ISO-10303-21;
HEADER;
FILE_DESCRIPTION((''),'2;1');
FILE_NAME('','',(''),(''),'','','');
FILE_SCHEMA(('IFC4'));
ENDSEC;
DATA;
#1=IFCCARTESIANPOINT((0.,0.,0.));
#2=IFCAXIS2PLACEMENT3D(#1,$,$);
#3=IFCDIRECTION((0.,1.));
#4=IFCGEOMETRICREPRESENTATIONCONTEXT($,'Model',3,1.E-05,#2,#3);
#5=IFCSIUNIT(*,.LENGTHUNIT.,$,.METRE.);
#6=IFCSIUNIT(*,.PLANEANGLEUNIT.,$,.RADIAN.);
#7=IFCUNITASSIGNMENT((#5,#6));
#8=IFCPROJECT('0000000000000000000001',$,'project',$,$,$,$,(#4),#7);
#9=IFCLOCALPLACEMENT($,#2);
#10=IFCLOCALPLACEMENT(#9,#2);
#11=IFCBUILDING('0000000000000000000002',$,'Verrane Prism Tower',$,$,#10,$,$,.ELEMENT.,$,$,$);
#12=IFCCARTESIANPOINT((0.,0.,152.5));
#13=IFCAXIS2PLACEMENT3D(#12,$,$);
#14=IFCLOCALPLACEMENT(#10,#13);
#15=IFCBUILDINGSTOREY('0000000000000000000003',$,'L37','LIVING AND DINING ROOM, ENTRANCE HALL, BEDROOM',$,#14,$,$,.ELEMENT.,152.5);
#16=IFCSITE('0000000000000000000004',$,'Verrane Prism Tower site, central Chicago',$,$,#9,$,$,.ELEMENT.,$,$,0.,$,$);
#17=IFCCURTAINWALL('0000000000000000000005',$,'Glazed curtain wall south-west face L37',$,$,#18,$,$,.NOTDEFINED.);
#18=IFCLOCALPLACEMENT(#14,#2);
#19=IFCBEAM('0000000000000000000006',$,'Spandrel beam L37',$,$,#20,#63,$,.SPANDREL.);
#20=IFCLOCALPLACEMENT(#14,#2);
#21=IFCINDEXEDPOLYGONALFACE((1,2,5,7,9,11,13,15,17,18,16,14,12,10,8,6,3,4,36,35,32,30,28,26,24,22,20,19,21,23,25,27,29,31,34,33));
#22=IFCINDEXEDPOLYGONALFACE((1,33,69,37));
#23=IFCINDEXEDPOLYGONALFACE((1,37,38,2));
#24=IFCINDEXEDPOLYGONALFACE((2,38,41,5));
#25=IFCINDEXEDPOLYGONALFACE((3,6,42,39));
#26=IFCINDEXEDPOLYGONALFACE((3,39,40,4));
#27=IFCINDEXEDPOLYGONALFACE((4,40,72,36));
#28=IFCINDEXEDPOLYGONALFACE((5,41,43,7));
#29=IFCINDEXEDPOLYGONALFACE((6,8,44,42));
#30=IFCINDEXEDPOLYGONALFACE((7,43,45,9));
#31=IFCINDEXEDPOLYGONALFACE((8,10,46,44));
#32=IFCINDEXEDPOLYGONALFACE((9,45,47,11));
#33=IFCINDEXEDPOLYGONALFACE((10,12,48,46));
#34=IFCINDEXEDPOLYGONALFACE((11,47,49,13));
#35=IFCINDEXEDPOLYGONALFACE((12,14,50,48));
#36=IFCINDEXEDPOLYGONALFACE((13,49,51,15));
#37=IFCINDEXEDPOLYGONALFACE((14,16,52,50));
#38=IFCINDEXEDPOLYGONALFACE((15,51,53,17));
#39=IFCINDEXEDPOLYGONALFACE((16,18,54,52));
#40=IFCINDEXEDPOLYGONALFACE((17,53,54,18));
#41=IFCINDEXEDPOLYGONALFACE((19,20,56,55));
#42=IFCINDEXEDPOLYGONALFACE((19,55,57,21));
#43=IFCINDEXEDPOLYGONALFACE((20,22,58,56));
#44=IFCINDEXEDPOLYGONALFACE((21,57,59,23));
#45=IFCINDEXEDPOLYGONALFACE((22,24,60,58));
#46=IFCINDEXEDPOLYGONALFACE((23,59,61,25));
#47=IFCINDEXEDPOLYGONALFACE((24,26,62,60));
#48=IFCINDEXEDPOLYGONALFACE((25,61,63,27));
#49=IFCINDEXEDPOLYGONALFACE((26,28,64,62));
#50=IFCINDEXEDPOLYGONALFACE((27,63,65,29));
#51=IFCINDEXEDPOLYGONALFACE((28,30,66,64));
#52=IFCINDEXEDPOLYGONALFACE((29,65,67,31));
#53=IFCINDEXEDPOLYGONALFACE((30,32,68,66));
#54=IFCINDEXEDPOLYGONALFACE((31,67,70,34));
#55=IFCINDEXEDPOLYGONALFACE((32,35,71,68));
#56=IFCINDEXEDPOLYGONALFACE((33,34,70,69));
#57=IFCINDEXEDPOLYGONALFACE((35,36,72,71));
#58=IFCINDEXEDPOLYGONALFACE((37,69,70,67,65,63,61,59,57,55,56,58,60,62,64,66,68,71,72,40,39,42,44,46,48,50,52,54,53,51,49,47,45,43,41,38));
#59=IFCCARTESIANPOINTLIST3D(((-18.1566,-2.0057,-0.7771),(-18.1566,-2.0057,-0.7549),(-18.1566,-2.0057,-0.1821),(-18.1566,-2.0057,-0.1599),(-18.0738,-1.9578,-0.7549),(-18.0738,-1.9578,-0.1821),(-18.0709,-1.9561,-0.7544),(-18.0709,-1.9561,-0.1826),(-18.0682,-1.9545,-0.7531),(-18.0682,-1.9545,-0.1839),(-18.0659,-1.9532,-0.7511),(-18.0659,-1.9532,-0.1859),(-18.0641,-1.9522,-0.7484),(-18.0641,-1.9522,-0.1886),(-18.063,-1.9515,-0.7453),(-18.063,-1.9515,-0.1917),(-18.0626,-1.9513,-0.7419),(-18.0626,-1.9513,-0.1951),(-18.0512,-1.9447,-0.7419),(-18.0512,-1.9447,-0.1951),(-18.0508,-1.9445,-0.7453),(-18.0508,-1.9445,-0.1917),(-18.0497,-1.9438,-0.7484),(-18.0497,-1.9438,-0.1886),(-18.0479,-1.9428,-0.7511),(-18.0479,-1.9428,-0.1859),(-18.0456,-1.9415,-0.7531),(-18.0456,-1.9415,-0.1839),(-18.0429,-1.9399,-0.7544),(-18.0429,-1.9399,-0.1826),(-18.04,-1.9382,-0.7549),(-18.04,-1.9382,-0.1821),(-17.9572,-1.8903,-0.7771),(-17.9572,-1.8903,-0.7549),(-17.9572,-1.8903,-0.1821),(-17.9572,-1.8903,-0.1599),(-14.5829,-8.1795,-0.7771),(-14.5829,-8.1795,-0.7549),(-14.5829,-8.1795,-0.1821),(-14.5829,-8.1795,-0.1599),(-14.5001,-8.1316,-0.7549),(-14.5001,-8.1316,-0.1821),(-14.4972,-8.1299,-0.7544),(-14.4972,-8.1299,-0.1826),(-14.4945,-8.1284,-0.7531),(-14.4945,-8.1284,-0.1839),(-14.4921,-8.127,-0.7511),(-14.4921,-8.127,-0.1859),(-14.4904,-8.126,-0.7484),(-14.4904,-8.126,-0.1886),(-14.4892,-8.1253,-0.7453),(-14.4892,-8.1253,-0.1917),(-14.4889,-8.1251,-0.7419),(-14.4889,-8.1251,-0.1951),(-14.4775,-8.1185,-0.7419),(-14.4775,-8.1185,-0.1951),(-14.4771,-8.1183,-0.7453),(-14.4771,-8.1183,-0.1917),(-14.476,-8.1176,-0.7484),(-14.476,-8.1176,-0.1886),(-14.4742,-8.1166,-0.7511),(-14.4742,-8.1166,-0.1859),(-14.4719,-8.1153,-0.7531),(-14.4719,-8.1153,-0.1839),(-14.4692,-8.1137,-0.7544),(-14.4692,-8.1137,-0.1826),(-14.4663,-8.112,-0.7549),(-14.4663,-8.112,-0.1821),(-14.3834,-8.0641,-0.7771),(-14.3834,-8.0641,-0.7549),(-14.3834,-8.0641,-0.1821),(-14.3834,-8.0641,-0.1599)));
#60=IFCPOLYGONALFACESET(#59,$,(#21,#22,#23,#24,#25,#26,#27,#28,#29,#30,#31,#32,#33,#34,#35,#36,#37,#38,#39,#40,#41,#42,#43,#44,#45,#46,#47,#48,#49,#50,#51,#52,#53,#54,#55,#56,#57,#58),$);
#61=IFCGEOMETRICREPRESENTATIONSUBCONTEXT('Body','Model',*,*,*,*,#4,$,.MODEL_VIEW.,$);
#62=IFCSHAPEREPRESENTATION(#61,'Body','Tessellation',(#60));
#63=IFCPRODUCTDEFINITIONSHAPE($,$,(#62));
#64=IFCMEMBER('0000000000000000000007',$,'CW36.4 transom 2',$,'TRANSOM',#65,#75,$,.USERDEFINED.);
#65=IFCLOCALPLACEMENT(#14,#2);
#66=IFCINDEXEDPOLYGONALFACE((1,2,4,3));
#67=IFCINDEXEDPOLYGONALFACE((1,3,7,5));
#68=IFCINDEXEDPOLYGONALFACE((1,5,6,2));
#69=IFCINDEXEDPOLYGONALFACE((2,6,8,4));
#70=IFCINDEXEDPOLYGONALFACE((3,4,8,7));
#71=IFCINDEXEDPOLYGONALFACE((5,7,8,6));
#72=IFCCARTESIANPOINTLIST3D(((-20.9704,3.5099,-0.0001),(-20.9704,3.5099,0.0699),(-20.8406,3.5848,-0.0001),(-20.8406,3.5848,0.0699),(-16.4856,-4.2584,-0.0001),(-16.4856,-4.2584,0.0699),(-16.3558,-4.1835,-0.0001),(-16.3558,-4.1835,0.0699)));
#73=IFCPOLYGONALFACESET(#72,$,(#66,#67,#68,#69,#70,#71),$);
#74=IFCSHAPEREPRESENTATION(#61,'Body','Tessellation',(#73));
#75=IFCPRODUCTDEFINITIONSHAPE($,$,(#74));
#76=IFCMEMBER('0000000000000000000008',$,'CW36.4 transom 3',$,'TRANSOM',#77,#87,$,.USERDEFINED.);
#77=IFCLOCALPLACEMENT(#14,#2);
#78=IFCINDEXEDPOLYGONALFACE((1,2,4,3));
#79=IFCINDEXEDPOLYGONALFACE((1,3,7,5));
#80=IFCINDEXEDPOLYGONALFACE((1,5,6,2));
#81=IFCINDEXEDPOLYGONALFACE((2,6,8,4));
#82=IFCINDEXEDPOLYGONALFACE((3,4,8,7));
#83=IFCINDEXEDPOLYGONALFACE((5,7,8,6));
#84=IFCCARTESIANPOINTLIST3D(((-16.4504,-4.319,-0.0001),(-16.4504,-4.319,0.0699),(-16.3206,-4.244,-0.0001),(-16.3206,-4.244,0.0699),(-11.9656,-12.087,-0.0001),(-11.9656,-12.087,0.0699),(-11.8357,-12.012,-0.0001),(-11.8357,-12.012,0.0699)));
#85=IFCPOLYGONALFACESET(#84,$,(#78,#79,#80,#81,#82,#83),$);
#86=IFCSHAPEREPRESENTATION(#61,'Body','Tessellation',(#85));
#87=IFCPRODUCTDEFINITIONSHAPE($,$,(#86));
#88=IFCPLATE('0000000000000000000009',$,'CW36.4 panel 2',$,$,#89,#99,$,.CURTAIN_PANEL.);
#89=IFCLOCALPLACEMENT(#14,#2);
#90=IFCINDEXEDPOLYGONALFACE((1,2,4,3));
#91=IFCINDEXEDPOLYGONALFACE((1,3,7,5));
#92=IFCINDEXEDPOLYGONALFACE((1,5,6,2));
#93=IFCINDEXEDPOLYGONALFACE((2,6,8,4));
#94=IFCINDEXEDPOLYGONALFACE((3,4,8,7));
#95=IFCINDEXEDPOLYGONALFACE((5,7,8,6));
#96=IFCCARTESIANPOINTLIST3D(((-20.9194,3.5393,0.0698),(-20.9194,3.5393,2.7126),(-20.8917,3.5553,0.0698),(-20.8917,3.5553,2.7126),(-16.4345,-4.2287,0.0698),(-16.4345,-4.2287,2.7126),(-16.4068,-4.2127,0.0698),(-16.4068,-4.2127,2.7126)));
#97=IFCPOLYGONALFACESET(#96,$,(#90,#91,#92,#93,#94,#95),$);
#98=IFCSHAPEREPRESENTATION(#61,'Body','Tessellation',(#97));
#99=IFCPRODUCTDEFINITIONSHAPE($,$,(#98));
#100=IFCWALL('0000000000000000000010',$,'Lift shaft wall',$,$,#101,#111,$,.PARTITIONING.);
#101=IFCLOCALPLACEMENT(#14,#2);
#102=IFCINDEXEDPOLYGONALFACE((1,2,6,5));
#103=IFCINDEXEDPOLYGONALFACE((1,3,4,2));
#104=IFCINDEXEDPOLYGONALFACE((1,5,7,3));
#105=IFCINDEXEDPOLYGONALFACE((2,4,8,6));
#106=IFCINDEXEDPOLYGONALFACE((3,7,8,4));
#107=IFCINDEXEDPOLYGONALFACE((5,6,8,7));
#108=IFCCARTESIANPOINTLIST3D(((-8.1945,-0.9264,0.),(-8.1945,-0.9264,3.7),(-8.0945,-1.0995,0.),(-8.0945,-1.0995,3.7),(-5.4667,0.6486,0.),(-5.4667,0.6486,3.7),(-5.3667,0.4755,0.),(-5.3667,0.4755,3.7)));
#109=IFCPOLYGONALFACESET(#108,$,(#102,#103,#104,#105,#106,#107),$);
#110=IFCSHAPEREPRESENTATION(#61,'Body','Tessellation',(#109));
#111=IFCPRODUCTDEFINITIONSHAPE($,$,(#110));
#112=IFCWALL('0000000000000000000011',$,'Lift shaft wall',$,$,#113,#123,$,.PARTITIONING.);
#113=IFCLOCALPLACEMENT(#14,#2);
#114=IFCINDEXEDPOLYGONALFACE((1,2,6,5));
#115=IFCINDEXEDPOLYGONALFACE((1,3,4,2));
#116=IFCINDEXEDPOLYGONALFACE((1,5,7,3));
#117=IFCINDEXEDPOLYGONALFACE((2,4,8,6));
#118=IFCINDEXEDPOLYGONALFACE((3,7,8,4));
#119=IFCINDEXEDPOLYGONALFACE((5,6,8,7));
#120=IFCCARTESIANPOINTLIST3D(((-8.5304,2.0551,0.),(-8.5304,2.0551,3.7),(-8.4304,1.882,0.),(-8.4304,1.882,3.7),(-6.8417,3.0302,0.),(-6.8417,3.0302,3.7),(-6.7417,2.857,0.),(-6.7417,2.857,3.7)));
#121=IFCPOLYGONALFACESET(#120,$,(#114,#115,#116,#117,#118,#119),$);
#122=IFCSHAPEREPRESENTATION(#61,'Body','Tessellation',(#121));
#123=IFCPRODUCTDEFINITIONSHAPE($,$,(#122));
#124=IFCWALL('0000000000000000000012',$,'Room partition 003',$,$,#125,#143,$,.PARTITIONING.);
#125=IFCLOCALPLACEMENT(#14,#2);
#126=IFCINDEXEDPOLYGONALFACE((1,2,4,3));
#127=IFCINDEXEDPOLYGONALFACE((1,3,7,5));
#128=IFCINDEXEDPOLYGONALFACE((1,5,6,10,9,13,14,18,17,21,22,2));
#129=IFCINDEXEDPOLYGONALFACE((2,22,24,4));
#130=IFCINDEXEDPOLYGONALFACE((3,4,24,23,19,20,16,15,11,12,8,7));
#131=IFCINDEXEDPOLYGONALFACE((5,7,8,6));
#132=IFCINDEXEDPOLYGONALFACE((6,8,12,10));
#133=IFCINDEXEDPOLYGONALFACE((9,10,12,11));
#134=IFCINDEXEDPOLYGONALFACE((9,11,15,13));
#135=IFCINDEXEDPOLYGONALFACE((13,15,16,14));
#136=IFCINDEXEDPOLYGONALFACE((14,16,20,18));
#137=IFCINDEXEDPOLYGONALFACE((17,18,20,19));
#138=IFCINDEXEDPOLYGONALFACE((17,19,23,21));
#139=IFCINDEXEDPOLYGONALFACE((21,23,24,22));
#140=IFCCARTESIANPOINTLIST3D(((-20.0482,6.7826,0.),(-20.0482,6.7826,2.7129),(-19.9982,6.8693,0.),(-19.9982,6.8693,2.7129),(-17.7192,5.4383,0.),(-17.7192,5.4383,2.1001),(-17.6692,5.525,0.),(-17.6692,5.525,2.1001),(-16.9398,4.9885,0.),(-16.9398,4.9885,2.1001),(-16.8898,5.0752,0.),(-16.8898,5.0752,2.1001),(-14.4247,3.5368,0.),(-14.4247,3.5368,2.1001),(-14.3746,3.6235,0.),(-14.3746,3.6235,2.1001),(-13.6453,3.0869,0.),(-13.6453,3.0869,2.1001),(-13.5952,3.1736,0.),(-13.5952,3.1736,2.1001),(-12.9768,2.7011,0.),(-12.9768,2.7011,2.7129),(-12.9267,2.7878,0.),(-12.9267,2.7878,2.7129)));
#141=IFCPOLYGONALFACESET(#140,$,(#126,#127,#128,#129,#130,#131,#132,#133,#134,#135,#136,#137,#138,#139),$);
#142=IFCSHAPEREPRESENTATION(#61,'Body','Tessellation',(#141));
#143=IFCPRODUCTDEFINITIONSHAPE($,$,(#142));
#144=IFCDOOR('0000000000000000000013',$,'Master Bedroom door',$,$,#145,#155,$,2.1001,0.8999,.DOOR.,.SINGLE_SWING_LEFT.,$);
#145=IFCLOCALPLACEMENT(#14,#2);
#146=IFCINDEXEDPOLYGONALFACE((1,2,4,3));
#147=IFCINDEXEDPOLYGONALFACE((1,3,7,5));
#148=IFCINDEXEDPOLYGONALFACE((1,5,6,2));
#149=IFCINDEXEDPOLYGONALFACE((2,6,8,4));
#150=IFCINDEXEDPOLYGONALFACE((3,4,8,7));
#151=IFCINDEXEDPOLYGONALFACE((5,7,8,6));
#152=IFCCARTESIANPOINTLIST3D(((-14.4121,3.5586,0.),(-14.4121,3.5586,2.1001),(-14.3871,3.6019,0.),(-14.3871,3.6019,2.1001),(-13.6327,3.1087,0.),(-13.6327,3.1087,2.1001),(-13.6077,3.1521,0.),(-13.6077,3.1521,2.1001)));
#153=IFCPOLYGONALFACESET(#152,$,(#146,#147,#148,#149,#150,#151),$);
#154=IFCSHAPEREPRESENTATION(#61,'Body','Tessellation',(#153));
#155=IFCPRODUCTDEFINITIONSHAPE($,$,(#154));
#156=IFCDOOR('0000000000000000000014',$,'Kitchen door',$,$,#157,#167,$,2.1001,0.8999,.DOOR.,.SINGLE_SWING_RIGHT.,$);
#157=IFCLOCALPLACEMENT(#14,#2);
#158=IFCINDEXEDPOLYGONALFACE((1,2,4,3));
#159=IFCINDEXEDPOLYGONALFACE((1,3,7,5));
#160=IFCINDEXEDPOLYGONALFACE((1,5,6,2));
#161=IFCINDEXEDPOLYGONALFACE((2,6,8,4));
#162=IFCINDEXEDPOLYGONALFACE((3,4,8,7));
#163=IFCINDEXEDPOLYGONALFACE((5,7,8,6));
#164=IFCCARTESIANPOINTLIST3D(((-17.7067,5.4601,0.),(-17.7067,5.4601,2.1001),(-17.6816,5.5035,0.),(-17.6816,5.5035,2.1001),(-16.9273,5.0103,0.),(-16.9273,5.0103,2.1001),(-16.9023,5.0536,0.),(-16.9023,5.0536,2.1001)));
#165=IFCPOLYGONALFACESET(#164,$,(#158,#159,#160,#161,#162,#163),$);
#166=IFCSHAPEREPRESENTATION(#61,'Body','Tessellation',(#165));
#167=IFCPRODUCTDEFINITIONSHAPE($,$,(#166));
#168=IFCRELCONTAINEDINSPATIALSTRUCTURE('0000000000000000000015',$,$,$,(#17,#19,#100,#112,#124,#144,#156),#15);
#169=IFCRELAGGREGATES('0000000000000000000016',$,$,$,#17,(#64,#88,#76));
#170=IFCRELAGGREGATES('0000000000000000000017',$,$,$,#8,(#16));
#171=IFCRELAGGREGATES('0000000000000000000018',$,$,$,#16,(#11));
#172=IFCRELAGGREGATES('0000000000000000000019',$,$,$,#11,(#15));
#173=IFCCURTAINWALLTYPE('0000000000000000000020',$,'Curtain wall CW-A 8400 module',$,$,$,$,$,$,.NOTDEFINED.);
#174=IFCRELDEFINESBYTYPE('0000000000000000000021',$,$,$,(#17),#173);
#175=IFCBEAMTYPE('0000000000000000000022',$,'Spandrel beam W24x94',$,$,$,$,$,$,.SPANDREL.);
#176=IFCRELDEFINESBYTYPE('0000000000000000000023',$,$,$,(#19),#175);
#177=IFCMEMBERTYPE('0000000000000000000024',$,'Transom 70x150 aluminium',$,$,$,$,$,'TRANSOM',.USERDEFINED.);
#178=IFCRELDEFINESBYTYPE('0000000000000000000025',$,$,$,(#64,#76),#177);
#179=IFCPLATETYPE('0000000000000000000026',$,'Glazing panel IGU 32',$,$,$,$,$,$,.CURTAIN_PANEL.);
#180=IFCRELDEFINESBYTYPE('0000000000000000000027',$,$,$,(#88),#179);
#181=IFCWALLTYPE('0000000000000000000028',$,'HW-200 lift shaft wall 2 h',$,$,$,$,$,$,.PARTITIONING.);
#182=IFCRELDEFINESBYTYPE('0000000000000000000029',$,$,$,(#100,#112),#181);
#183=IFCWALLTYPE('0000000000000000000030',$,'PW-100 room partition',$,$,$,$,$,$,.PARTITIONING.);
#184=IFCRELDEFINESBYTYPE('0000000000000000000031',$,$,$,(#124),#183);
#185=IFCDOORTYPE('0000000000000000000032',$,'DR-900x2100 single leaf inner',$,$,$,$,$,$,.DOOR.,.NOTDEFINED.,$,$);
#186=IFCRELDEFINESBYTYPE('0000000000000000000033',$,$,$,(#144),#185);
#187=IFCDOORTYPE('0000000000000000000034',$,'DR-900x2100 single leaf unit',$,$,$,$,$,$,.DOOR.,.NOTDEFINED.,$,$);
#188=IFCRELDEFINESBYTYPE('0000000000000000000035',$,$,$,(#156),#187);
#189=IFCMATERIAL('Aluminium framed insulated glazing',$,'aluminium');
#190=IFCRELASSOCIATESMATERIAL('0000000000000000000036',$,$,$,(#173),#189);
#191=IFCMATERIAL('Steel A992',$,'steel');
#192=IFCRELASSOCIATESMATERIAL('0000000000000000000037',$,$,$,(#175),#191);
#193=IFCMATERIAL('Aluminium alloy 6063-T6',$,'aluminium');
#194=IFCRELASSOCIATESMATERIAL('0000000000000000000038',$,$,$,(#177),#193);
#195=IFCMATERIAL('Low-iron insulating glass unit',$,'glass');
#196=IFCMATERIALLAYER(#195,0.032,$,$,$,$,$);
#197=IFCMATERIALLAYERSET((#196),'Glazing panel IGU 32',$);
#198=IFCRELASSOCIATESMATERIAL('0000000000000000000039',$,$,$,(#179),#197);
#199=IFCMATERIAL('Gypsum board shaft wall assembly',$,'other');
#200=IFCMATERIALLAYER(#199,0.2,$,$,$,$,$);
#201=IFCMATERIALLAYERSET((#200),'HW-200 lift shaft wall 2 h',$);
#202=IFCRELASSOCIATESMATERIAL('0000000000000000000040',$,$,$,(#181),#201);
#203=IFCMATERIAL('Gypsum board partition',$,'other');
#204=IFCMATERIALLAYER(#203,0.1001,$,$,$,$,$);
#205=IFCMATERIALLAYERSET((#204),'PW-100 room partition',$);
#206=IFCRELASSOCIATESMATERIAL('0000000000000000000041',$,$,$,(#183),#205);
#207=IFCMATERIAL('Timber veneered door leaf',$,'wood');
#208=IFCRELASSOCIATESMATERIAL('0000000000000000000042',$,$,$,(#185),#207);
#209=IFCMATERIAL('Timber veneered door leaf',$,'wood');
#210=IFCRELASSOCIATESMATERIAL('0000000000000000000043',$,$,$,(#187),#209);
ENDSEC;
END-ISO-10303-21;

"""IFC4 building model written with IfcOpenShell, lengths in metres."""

from ifc_helpers import new_model, si_unit, direction, frame, frame_2d, origin, origin_2d, place, context, subcontext, project, spatial, rectangle, i_section, extrude, material, layer, layer_set, material_profile, profile_set, type_object, element, fill, aggregate, save


model = new_model("IFC4")

# Units and contexts
model_context = context("Model", 3, precision=1e-05, world=origin(), true_north=direction((0.0, 1.0)))
body_context = subcontext(model_context, "Body", "Model", "MODEL_VIEW")
ifc_project = project(units=[si_unit("LENGTHUNIT", "METRE"), si_unit("PLANEANGLEUNIT", "RADIAN")], contexts=[model_context])

# Site, building, storey
site_placement = place(None, origin())
site = spatial("IfcSite", under=ifc_project, at=site_placement, Name="Verrane Prism Tower site, central Chicago", CompositionType="ELEMENT", RefElevation=0.0)
building_placement = place(site_placement, origin())
building = spatial("IfcBuilding", under=site, at=building_placement, Name="Verrane Prism Tower", CompositionType="ELEMENT")
storey_placement = place(building_placement, frame((0.0, 0.0, 152.5)))
storey = spatial("IfcBuildingStorey", under=building, at=storey_placement, Name="L37", Description="LIVING AND DINING ROOM, ENTRANCE HALL, BEDROOM", CompositionType="ELEMENT", Elevation=152.5)

# Curtain wall
ifc_material_1 = material(Name="Aluminium framed insulated glazing", Category="aluminium")
curtain_wall_type = type_object("IfcCurtainWallType", Name="Curtain wall CW-A 8400 module", PredefinedType="NOTDEFINED", material=ifc_material_1)
curtain_wall_placement = place(storey_placement, origin())
curtain_wall = element("IfcCurtainWall", 1, at=curtain_wall_placement, inside=storey, type_object=curtain_wall_type, Name="Glazed curtain wall south-west face L37", PredefinedType="NOTDEFINED")

# Beam
ifc_material_2 = material(Name="Steel A992", Category="steel")
ifc_material_profile_1 = material_profile(ifc_material_2, i_section(OverallWidth=0.2305, OverallDepth=0.6172, WebThickness=0.0132, FlangeThickness=0.0222, FilletRadius=0.0129, at=origin_2d()), Name="W24x94")
ifc_profile_set_1 = profile_set([ifc_material_profile_1], Name="Steel A992")
beam_type_1 = type_object("IfcBeamType", Name="Spandrel beam W24x94", PredefinedType="SPANDREL", material=ifc_profile_set_1)
beam_1_placement = place(storey_placement, frame((-18.0569, -1.948, -0.4685), z_axis=(0.500974, -0.865462, 0.0), x_axis=(0.865462, 0.500974, 0.0)))
element("IfcBeam", 2, at=beam_1_placement, inside=storey, type_object=beam_type_1, Name="Spandrel beam L37", PredefinedType="SPANDREL", context=body_context, shape_type="SweptSolid", body=[
    extrude(i_section(OverallWidth=0.2305, OverallDepth=0.6172, WebThickness=0.0132, FlangeThickness=0.0222, FilletRadius=0.0129, at=origin_2d()), origin(), (0.0, 0.0, 1.0), 7.1335),
])

# Members
ifc_material_3 = material(Name="Aluminium alloy 6063-T6", Category="aluminium")
ifc_material_profile_2 = material_profile(ifc_material_3, rectangle(XDim=0.1499, YDim=0.0701, at=origin_2d()), Name="Transom 70x150 aluminium")
ifc_profile_set_2 = profile_set([ifc_material_profile_2], Name="Aluminium alloy 6063-T6")
member_type_1 = type_object("IfcMemberType", Name="Transom 70x150 aluminium", ElementType="TRANSOM", PredefinedType="USERDEFINED", material=ifc_profile_set_2)
member_1_placement = place(storey_placement, frame((-20.9055, 3.5474, 0.0349), z_axis=(0.499986, -0.866034, 0.0), x_axis=(0.866034, 0.499986, 0.0)))
member_1 = element("IfcMember", 3, at=member_1_placement, type_object=member_type_1, Name="CW36.4 transom 2", ObjectType="TRANSOM", PredefinedType="USERDEFINED", context=body_context, shape_type="SweptSolid", body=[
    extrude(rectangle(XDim=0.1499, YDim=0.0701, at=origin_2d()), origin(), (0.0, 0.0, 1.0), 8.97),
])
member_2_placement = place(storey_placement, frame((-16.3855, -4.2815, 0.0349), z_axis=(0.499997, -0.866027, 0.0), x_axis=(0.866027, 0.499997, 0.0)))
member_2 = element("IfcMember", 4, at=member_2_placement, type_object=member_type_1, Name="CW36.4 transom 3", ObjectType="TRANSOM", PredefinedType="USERDEFINED", context=body_context, shape_type="SweptSolid", body=[
    extrude(rectangle(XDim=0.1499, YDim=0.0701, at=origin_2d()), origin(), (0.0, 0.0, 1.0), 8.9697),
])

# Plate
ifc_material_4 = material(Name="Low-iron insulating glass unit", Category="glass")
ifc_layer_1 = layer(ifc_material_4, 0.032)
ifc_layer_set_1 = layer_set([ifc_layer_1], Name="Glazing panel IGU 32")
plate_type = type_object("IfcPlateType", Name="Glazing panel IGU 32", PredefinedType="CURTAIN_PANEL", material=ifc_layer_set_1)
plate_placement = place(storey_placement, frame((-18.6631, -0.3367, 0.0698), z_axis=(0.0, 0.0, 1.0), x_axis=(0.500001, -0.866025, 0.0)))
plate = element("IfcPlate", 5, at=plate_placement, type_object=plate_type, Name="CW36.4 panel 2", PredefinedType="CURTAIN_PANEL", context=body_context, shape_type="SweptSolid", body=[
    extrude(rectangle(XDim=8.9697, YDim=0.032, at=origin_2d()), origin(), (0.0, 0.0, 1.0), 2.6428),
])
aggregate(curtain_wall, [member_1, plate, member_2])

# Walls
ifc_material_5 = material(Name="Gypsum board shaft wall assembly", Category="other")
ifc_layer_2 = layer(ifc_material_5, 0.2)
ifc_layer_set_2 = layer_set([ifc_layer_2], Name="HW-200 lift shaft wall 2 h")
wall_type_1 = type_object("IfcWallType", Name="HW-200 lift shaft wall 2 h", PredefinedType="PARTITIONING", material=ifc_layer_set_2)
wall_1_placement = place(storey_placement, frame((-8.1445, -1.0129, 0.0), z_axis=(0.0, 0.0, 1.0), x_axis=(0.866016, 0.500015, 0.0)))
element("IfcWall", 6, at=wall_1_placement, inside=storey, type_object=wall_type_1, Name="Lift shaft wall", PredefinedType="PARTITIONING", context=body_context, shape_type="SweptSolid", body=[
    extrude(rectangle(XDim=3.1499, YDim=0.2, at=frame_2d((1.575, 0.0))), origin(), (0.0, 0.0, 1.0), 3.7),
])
wall_2_placement = place(storey_placement, frame((-8.4805, 1.9685, 0.0), z_axis=(0.0, 0.0, 1.0), x_axis=(0.866, 0.500044, 0.0)))
element("IfcWall", 7, at=wall_2_placement, inside=storey, type_object=wall_type_1, Name="Lift shaft wall", PredefinedType="PARTITIONING", context=body_context, shape_type="SweptSolid", body=[
    extrude(rectangle(XDim=1.95, YDim=0.2, at=frame_2d((0.9751, 0.0))), origin(), (0.0, 0.0, 1.0), 3.7),
])

# Wall, openings, doors
ifc_material_6 = material(Name="Gypsum board partition", Category="other")
ifc_layer_3 = layer(ifc_material_6, 0.1001)
ifc_layer_set_3 = layer_set([ifc_layer_3], Name="PW-100 room partition")
wall_type_2 = type_object("IfcWallType", Name="PW-100 room partition", PredefinedType="PARTITIONING", material=ifc_layer_set_3)
wall_3_placement = place(storey_placement, frame((-12.9517, 2.7444, 0.0), z_axis=(0.0, 0.0, 1.0), x_axis=(-0.866089, 0.499889, 0.0)))
wall_3 = element("IfcWall", 8, at=wall_3_placement, inside=storey, type_object=wall_type_2, Name="Room partition 003", PredefinedType="PARTITIONING", context=body_context, shape_type="SweptSolid", body=[
    extrude(rectangle(XDim=8.1648, YDim=0.1001, at=frame_2d((4.0825, 0.0))), origin(), (0.0, 0.0, 1.0), 2.7129),
])
opening_1_placement = place(wall_3_placement, frame((4.5759, 0.0, 0.0)))
opening_1 = element("IfcOpeningElement", 9, at=opening_1_placement, cuts=wall_3, PredefinedType="OPENING", context=body_context, shape_type="SweptSolid", body=[
    extrude(rectangle(XDim=0.8999, YDim=2.1001, at=frame_2d((0.45, 1.05))), frame((0.0, 0.0601, 0.0), z_axis=(0.0, -1.0, 0.0), x_axis=(1.0, 0.0, 0.0)), (0.0, 0.0, 1.0), 0.1201),
])
opening_2_placement = place(wall_3_placement, frame((0.772, 0.0, 0.0)))
opening_2 = element("IfcOpeningElement", 10, at=opening_2_placement, cuts=wall_3, PredefinedType="OPENING", context=body_context, shape_type="SweptSolid", body=[
    extrude(rectangle(XDim=0.8999, YDim=2.1001, at=frame_2d((0.45, 1.05))), frame((0.0, 0.0601, 0.0), z_axis=(0.0, -1.0, 0.0), x_axis=(1.0, 0.0, 0.0)), (0.0, 0.0, 1.0), 0.1201),
])
ifc_material_7 = material(Name="Timber veneered door leaf", Category="wood")
door_type_1 = type_object("IfcDoorType", Name="DR-900x2100 single leaf inner", OperationType="NOTDEFINED", PredefinedType="DOOR", material=ifc_material_7)
door_1_placement = place(opening_2_placement, origin())
door_1 = element("IfcDoor", 11, at=door_1_placement, inside=storey, type_object=door_type_1, Name="Master Bedroom door", OperationType="SINGLE_SWING_LEFT", OverallHeight=2.1001, OverallWidth=0.8999, PredefinedType="DOOR", context=body_context, shape_type="SweptSolid", body=[
    extrude(rectangle(XDim=0.8999, YDim=2.1001, at=frame_2d((0.45, 1.05))), frame((0.0, 0.0249, 0.0), z_axis=(0.0, -1.0, 0.0), x_axis=(1.0, 0.0, 0.0)), (0.0, 0.0, 1.0), 0.05),
])
fill(opening_2, door_1)
ifc_material_8 = material(Name="Timber veneered door leaf", Category="wood")
door_type_2 = type_object("IfcDoorType", Name="DR-900x2100 single leaf unit", OperationType="NOTDEFINED", PredefinedType="DOOR", material=ifc_material_8)
door_2_placement = place(opening_1_placement, origin())
door_2 = element("IfcDoor", 12, at=door_2_placement, inside=storey, type_object=door_type_2, Name="Kitchen door", OperationType="SINGLE_SWING_RIGHT", OverallHeight=2.1001, OverallWidth=0.8999, PredefinedType="DOOR", context=body_context, shape_type="SweptSolid", body=[
    extrude(rectangle(XDim=0.8999, YDim=2.1001, at=frame_2d((0.45, 1.05))), frame((0.0, 0.0249, 0.0), z_axis=(0.0, -1.0, 0.0), x_axis=(1.0, 0.0, 0.0)), (0.0, 0.0, 1.0), 0.05),
])
fill(opening_1, door_2)

save(model, "model.ifc")
